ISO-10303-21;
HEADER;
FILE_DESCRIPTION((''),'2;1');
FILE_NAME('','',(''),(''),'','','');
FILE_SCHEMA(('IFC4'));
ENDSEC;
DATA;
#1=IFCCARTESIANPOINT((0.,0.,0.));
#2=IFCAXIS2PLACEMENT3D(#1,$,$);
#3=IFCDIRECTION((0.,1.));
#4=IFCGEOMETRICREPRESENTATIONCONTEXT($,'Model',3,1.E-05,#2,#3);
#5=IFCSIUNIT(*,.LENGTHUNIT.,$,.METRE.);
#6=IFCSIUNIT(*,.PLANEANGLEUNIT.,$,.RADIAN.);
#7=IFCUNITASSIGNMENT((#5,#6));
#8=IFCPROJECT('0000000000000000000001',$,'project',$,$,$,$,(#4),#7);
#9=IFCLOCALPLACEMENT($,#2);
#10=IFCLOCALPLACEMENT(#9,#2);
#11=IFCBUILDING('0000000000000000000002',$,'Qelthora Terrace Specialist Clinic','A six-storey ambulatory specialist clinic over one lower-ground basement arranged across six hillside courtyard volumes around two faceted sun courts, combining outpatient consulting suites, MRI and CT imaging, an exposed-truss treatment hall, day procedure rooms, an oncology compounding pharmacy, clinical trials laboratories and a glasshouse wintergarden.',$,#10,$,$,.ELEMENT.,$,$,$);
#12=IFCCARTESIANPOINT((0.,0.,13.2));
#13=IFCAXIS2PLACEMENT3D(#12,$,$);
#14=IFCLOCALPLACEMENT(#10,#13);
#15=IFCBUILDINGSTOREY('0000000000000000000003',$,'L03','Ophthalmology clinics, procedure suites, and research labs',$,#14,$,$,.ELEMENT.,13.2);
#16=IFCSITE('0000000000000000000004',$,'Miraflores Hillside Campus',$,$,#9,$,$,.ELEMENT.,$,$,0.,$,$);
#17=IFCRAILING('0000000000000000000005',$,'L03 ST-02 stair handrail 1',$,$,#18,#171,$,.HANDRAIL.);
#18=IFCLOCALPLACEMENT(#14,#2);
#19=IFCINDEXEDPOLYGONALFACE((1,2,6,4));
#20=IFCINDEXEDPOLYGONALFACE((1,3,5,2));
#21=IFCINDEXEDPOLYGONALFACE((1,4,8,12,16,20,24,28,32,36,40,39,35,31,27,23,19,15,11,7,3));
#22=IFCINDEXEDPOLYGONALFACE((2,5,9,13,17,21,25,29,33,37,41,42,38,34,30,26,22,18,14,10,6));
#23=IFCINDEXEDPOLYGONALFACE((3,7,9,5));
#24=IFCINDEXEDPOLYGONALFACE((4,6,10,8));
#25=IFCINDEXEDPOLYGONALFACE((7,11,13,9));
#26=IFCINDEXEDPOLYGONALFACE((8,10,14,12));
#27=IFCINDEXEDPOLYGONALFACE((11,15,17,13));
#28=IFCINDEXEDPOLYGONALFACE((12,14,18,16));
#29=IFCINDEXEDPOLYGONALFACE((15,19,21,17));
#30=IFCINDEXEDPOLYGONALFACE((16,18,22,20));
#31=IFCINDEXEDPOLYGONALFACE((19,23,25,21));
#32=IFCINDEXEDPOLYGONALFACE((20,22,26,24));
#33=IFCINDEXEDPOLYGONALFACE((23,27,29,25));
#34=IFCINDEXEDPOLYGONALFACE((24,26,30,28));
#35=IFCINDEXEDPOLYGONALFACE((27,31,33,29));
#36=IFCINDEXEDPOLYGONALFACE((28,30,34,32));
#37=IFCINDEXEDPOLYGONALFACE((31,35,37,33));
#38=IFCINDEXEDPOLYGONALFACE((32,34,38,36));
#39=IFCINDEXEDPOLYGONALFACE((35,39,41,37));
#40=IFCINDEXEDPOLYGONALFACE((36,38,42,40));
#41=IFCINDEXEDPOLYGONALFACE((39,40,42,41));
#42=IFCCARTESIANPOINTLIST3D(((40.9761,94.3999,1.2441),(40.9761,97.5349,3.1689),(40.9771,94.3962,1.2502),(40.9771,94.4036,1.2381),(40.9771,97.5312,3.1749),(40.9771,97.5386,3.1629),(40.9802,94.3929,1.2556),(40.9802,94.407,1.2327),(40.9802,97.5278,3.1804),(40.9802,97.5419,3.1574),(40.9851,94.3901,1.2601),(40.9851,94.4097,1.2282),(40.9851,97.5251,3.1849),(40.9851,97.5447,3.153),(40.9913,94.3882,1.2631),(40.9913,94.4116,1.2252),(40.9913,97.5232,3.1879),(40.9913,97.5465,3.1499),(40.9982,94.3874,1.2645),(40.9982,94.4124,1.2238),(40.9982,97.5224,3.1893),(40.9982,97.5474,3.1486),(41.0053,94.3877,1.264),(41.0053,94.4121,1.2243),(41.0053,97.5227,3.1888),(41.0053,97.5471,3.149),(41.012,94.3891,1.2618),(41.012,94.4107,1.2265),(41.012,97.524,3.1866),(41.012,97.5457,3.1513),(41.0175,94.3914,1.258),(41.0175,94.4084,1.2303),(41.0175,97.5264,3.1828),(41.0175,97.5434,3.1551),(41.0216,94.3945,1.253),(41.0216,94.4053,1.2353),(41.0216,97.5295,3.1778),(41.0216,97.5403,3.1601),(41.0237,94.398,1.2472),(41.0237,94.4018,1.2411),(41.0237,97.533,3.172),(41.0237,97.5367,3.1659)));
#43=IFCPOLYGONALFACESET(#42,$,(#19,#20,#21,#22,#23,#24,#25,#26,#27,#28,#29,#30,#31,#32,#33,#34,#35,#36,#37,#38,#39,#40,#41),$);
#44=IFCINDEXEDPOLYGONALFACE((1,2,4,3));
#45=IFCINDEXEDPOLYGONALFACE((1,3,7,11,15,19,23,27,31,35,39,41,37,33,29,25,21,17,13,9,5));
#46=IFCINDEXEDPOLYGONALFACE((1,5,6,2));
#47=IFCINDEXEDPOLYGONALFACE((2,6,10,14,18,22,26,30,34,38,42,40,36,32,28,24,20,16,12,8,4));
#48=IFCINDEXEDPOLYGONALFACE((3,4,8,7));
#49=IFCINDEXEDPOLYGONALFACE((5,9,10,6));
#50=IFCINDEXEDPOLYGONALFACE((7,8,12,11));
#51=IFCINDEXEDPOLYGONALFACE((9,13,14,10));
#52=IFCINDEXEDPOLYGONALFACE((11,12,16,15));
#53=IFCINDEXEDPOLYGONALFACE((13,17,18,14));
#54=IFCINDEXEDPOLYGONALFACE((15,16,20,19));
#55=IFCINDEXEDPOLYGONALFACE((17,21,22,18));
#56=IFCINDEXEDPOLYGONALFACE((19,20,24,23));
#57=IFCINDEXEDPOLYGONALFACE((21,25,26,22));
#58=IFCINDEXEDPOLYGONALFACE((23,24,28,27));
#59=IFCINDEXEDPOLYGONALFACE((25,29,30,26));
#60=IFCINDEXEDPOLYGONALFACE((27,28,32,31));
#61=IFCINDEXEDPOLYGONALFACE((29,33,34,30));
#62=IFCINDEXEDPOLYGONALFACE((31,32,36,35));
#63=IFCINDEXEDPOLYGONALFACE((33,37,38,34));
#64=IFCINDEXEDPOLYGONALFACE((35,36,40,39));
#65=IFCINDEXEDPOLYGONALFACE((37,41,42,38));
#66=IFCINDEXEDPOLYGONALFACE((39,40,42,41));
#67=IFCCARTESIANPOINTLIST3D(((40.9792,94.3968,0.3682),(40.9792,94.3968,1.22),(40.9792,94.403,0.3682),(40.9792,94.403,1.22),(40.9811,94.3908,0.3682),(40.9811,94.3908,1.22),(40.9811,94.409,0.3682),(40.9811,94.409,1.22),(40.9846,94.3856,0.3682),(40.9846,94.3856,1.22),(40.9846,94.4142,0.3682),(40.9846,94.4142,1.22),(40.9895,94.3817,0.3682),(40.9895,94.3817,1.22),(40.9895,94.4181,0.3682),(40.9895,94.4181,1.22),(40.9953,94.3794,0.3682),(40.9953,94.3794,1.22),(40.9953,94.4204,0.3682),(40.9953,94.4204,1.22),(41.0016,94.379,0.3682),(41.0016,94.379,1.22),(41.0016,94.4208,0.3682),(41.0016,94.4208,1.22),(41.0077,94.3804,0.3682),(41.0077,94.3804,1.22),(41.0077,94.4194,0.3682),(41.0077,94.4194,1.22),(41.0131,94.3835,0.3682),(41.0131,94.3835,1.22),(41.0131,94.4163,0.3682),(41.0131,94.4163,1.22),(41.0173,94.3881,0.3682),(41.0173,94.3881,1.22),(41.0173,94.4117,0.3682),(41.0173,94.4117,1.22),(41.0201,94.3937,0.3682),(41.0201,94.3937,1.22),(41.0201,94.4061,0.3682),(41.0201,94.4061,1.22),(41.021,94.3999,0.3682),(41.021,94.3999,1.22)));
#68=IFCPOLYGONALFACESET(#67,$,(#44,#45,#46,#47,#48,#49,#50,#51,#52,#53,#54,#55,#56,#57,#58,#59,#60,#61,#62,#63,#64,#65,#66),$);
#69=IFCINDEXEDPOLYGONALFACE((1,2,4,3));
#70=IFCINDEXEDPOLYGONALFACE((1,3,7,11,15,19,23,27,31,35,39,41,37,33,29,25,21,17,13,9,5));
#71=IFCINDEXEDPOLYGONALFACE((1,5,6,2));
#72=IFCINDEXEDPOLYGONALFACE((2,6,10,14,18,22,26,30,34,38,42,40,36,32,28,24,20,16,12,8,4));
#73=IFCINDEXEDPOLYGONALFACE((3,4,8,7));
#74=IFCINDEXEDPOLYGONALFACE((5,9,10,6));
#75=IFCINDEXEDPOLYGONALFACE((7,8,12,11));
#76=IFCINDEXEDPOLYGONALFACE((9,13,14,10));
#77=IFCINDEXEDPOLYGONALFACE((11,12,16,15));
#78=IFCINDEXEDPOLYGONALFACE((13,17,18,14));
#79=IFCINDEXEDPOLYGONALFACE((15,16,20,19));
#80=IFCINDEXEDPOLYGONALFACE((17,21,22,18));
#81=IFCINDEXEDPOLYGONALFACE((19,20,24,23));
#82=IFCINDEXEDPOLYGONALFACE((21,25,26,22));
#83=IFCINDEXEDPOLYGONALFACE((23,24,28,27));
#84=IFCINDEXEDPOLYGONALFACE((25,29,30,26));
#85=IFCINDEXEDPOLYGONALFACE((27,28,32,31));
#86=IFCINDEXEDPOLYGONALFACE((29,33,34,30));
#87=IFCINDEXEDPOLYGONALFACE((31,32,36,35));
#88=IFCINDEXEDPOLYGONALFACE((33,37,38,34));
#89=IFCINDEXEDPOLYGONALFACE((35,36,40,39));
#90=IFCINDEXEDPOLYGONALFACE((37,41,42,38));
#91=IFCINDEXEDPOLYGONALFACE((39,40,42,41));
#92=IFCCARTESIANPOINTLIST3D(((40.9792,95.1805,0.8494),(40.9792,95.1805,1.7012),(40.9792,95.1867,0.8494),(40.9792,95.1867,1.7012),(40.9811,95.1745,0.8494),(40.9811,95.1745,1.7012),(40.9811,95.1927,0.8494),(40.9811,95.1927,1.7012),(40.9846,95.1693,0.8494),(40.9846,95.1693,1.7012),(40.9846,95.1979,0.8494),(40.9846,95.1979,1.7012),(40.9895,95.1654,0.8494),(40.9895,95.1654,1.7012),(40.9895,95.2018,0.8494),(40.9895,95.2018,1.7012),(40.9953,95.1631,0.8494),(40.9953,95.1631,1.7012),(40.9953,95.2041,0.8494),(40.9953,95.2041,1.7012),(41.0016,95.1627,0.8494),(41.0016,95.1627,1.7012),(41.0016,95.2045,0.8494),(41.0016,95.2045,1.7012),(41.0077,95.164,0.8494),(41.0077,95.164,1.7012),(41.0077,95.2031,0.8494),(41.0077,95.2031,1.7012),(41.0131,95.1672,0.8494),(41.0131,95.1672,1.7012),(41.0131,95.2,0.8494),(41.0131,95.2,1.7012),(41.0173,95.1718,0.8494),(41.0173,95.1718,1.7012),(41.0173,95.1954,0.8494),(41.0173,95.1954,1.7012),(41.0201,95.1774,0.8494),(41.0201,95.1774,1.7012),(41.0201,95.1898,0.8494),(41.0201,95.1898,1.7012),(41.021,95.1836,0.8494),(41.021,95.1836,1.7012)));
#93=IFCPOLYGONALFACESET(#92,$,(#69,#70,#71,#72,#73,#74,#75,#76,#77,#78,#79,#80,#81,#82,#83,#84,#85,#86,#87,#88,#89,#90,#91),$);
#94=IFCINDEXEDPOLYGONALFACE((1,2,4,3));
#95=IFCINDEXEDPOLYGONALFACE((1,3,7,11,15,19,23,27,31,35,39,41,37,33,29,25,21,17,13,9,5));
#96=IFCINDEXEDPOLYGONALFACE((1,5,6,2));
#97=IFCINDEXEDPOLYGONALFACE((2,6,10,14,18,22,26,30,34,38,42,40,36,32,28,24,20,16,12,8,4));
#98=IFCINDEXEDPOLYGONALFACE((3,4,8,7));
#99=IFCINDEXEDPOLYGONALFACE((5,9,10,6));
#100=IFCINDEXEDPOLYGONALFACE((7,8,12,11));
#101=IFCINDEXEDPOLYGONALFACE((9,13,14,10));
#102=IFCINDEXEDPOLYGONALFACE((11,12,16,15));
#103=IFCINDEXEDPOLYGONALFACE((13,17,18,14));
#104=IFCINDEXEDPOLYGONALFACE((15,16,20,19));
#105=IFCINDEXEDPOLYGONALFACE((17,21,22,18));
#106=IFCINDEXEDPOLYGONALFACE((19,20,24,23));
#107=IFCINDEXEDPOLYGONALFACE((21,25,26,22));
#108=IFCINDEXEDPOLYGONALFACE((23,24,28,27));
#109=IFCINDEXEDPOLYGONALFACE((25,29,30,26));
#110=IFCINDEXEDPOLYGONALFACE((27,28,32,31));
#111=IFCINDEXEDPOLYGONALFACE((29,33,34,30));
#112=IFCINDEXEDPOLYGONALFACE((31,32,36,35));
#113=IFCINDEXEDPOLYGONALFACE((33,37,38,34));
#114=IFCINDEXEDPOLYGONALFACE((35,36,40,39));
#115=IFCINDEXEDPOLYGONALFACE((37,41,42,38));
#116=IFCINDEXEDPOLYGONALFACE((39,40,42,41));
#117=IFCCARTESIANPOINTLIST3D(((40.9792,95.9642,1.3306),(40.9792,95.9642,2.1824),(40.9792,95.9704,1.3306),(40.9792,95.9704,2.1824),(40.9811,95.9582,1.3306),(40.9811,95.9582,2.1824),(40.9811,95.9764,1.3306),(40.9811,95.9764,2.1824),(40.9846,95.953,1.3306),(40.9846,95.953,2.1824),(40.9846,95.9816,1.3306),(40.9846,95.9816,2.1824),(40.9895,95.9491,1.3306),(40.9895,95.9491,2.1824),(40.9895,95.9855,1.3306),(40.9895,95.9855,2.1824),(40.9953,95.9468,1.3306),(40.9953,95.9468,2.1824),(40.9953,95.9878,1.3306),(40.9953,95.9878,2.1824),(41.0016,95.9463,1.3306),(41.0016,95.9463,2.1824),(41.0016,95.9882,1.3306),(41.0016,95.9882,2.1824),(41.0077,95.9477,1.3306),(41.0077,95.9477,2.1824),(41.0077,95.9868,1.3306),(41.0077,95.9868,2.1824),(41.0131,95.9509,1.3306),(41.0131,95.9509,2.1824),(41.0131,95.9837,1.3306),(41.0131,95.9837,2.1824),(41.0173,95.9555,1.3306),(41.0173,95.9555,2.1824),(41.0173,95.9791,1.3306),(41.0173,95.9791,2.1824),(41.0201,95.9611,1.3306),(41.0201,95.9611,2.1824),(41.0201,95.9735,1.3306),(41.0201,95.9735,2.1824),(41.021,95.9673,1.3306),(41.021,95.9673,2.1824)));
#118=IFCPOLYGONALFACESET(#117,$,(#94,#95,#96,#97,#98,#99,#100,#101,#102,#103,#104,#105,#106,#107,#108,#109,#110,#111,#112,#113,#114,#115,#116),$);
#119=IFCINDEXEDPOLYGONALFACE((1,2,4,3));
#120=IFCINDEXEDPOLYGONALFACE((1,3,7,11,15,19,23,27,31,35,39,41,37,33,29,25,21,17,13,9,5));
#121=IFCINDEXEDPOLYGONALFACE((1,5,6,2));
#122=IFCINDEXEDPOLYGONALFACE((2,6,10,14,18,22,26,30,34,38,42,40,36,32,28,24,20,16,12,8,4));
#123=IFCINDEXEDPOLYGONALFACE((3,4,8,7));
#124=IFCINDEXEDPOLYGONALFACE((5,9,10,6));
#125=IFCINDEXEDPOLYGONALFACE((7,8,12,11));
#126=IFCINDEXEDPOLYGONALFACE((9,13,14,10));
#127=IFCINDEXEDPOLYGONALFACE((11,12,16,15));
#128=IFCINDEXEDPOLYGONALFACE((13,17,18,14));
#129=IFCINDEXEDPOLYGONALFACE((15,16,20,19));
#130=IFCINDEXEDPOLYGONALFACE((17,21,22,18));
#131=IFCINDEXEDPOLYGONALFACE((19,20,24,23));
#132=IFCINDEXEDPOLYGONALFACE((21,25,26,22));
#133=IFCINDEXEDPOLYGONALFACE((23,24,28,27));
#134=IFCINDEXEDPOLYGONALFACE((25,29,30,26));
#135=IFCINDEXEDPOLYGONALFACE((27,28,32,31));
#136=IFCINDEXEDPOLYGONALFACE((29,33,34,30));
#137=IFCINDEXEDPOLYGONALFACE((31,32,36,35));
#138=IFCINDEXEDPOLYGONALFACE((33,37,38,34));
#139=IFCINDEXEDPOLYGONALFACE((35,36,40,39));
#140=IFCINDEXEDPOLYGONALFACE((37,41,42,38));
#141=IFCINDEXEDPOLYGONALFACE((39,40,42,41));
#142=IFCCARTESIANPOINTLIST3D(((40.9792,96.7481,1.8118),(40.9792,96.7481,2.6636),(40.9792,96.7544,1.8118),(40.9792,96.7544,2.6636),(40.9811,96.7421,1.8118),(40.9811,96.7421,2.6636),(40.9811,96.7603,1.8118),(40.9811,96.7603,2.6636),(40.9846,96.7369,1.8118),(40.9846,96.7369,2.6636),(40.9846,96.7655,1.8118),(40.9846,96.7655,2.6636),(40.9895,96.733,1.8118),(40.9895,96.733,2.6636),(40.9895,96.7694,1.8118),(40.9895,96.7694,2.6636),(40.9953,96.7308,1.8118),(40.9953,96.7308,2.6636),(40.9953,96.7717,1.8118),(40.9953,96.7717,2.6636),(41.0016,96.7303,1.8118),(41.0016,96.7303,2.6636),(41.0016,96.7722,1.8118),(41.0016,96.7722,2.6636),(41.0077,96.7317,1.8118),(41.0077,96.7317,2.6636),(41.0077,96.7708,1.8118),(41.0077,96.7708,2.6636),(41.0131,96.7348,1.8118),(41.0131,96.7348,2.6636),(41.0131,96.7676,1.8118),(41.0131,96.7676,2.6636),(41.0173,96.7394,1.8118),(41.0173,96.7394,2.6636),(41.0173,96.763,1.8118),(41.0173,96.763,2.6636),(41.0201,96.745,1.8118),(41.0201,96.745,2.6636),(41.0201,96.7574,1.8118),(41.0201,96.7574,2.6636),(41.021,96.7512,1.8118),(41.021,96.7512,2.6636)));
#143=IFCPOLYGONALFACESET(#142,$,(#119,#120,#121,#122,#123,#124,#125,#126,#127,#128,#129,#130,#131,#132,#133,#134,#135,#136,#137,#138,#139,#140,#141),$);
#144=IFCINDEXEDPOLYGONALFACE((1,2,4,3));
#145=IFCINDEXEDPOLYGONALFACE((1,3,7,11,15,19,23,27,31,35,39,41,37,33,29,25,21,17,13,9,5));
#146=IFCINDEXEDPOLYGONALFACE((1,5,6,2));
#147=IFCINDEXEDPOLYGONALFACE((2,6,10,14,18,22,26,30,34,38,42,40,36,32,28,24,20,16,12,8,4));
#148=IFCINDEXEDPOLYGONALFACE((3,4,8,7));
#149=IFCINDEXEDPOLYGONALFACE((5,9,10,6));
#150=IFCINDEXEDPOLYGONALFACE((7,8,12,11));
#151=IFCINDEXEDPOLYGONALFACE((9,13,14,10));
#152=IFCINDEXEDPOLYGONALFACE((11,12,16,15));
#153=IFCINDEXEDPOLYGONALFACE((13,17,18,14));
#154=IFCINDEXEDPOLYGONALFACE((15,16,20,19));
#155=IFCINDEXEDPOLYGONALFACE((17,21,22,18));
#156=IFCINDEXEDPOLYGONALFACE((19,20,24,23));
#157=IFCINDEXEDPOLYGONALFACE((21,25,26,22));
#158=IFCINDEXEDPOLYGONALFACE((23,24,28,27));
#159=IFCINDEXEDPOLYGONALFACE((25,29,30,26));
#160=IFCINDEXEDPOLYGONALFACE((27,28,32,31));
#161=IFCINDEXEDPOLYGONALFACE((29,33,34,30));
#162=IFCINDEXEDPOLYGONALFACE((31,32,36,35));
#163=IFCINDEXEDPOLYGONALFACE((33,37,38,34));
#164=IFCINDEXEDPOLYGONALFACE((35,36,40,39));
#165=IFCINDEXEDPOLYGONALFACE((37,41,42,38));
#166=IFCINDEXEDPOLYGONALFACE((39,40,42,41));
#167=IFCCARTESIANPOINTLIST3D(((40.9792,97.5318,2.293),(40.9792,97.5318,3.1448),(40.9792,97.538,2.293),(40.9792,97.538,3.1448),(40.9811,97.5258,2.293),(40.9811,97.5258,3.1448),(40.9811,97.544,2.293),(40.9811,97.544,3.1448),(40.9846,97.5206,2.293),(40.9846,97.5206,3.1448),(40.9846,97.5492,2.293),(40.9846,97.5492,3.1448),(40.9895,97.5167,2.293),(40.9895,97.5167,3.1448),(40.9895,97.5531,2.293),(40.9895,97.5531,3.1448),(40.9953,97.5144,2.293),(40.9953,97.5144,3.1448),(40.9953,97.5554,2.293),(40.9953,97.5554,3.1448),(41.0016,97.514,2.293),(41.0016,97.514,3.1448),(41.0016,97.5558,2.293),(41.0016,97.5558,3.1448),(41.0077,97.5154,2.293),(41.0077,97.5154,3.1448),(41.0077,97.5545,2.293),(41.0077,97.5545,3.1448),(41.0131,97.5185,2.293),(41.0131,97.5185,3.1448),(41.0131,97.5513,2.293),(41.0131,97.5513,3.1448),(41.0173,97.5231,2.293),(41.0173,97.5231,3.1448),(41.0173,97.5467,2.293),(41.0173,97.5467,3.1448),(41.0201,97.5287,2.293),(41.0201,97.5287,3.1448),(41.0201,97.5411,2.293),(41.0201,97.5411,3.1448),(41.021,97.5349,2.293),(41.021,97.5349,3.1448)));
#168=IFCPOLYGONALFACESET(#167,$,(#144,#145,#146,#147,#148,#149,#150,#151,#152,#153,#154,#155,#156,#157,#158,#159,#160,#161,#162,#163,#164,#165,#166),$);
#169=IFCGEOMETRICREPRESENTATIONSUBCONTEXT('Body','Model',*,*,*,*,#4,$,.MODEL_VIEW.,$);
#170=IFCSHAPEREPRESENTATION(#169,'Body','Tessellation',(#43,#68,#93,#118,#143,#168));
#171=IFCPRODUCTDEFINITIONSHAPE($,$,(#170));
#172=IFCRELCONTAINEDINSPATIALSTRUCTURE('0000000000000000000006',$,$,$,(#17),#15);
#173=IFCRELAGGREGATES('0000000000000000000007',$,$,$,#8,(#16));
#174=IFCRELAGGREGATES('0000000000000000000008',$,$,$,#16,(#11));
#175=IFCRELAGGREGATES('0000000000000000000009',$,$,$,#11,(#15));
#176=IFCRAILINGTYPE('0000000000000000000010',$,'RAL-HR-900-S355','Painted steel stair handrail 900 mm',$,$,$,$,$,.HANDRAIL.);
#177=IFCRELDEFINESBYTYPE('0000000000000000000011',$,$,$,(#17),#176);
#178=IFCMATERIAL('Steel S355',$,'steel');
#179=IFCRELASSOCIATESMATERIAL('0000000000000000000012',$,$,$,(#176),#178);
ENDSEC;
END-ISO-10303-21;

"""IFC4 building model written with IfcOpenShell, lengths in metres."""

from ifc_helpers import new_model, si_unit, direction, frame, origin, origin_2d, place, context, subcontext, project, spatial, circle, extrude, material, type_object, element, save


model = new_model("IFC4")

# Units and contexts
model_context = context("Model", 3, precision=1e-05, world=origin(), true_north=direction((0.0, 1.0)))
body_context = subcontext(model_context, "Body", "Model", "MODEL_VIEW")
ifc_project = project(units=[si_unit("LENGTHUNIT", "METRE"), si_unit("PLANEANGLEUNIT", "RADIAN")], contexts=[model_context])

# Site, building, storey
site_placement = place(None, origin())
site = spatial("IfcSite", under=ifc_project, at=site_placement, Name="Miraflores Hillside Campus", CompositionType="ELEMENT", RefElevation=0.0)
building_placement = place(site_placement, origin())
building = spatial("IfcBuilding", under=site, at=building_placement, Name="Qelthora Terrace Specialist Clinic", Description="A six-storey ambulatory specialist clinic over one lower-ground basement arranged across six hillside courtyard volumes around two faceted sun courts, combining outpatient consulting suites, MRI and CT imaging, an exposed-truss treatment hall, day procedure rooms, an oncology compounding pharmacy, clinical trials laboratories and a glasshouse wintergarden.", CompositionType="ELEMENT")
storey_placement = place(building_placement, frame((0.0, 0.0, 13.2)))
storey = spatial("IfcBuildingStorey", under=building, at=storey_placement, Name="L03", Description="Ophthalmology clinics, procedure suites, and research labs", CompositionType="ELEMENT", Elevation=13.2)

# Shared definitions
ifc_material_1 = material(Name="Steel S355", Category="steel")

# Railing
railing_type_1 = type_object("IfcRailingType", Name="RAL-HR-900-S355", Description="Painted steel stair handrail 900 mm", PredefinedType="HANDRAIL", material=ifc_material_1)
railing_1_placement = place(storey_placement, frame((41.0, 94.3999, 0.3682)))
element("IfcRailing", 1, at=railing_1_placement, inside=storey, type_object=railing_type_1, Name="L03 ST-02 stair handrail 1", PredefinedType="HANDRAIL", context=body_context, shape_type="SweptSolid", body=[
    extrude(circle(Radius=0.0239, at=origin_2d()), frame((0.0, 0.0, 0.876), z_axis=(0.0, 0.852196, 0.523223), x_axis=(-1.0, 0.0, 0.0)), (0.0, 0.0, 1.0), 3.6787),
    extrude(circle(Radius=0.021, at=origin_2d()), origin(), (0.0, 0.0, 1.0), 0.8518),
    extrude(circle(Radius=0.021, at=origin_2d()), frame((0.0, 0.7837, 0.4812)), (0.0, 0.0, 1.0), 0.8518),
    extrude(circle(Radius=0.021, at=origin_2d()), frame((0.0, 1.5674, 0.9624)), (0.0, 0.0, 1.0), 0.8518),
    extrude(circle(Radius=0.021, at=origin_2d()), frame((0.0, 2.3513, 1.4436)), (0.0, 0.0, 1.0), 0.8518),
    extrude(circle(Radius=0.021, at=origin_2d()), frame((0.0, 3.135, 1.9248)), (0.0, 0.0, 1.0), 0.8518),
])

save(model, "model.ifc")
